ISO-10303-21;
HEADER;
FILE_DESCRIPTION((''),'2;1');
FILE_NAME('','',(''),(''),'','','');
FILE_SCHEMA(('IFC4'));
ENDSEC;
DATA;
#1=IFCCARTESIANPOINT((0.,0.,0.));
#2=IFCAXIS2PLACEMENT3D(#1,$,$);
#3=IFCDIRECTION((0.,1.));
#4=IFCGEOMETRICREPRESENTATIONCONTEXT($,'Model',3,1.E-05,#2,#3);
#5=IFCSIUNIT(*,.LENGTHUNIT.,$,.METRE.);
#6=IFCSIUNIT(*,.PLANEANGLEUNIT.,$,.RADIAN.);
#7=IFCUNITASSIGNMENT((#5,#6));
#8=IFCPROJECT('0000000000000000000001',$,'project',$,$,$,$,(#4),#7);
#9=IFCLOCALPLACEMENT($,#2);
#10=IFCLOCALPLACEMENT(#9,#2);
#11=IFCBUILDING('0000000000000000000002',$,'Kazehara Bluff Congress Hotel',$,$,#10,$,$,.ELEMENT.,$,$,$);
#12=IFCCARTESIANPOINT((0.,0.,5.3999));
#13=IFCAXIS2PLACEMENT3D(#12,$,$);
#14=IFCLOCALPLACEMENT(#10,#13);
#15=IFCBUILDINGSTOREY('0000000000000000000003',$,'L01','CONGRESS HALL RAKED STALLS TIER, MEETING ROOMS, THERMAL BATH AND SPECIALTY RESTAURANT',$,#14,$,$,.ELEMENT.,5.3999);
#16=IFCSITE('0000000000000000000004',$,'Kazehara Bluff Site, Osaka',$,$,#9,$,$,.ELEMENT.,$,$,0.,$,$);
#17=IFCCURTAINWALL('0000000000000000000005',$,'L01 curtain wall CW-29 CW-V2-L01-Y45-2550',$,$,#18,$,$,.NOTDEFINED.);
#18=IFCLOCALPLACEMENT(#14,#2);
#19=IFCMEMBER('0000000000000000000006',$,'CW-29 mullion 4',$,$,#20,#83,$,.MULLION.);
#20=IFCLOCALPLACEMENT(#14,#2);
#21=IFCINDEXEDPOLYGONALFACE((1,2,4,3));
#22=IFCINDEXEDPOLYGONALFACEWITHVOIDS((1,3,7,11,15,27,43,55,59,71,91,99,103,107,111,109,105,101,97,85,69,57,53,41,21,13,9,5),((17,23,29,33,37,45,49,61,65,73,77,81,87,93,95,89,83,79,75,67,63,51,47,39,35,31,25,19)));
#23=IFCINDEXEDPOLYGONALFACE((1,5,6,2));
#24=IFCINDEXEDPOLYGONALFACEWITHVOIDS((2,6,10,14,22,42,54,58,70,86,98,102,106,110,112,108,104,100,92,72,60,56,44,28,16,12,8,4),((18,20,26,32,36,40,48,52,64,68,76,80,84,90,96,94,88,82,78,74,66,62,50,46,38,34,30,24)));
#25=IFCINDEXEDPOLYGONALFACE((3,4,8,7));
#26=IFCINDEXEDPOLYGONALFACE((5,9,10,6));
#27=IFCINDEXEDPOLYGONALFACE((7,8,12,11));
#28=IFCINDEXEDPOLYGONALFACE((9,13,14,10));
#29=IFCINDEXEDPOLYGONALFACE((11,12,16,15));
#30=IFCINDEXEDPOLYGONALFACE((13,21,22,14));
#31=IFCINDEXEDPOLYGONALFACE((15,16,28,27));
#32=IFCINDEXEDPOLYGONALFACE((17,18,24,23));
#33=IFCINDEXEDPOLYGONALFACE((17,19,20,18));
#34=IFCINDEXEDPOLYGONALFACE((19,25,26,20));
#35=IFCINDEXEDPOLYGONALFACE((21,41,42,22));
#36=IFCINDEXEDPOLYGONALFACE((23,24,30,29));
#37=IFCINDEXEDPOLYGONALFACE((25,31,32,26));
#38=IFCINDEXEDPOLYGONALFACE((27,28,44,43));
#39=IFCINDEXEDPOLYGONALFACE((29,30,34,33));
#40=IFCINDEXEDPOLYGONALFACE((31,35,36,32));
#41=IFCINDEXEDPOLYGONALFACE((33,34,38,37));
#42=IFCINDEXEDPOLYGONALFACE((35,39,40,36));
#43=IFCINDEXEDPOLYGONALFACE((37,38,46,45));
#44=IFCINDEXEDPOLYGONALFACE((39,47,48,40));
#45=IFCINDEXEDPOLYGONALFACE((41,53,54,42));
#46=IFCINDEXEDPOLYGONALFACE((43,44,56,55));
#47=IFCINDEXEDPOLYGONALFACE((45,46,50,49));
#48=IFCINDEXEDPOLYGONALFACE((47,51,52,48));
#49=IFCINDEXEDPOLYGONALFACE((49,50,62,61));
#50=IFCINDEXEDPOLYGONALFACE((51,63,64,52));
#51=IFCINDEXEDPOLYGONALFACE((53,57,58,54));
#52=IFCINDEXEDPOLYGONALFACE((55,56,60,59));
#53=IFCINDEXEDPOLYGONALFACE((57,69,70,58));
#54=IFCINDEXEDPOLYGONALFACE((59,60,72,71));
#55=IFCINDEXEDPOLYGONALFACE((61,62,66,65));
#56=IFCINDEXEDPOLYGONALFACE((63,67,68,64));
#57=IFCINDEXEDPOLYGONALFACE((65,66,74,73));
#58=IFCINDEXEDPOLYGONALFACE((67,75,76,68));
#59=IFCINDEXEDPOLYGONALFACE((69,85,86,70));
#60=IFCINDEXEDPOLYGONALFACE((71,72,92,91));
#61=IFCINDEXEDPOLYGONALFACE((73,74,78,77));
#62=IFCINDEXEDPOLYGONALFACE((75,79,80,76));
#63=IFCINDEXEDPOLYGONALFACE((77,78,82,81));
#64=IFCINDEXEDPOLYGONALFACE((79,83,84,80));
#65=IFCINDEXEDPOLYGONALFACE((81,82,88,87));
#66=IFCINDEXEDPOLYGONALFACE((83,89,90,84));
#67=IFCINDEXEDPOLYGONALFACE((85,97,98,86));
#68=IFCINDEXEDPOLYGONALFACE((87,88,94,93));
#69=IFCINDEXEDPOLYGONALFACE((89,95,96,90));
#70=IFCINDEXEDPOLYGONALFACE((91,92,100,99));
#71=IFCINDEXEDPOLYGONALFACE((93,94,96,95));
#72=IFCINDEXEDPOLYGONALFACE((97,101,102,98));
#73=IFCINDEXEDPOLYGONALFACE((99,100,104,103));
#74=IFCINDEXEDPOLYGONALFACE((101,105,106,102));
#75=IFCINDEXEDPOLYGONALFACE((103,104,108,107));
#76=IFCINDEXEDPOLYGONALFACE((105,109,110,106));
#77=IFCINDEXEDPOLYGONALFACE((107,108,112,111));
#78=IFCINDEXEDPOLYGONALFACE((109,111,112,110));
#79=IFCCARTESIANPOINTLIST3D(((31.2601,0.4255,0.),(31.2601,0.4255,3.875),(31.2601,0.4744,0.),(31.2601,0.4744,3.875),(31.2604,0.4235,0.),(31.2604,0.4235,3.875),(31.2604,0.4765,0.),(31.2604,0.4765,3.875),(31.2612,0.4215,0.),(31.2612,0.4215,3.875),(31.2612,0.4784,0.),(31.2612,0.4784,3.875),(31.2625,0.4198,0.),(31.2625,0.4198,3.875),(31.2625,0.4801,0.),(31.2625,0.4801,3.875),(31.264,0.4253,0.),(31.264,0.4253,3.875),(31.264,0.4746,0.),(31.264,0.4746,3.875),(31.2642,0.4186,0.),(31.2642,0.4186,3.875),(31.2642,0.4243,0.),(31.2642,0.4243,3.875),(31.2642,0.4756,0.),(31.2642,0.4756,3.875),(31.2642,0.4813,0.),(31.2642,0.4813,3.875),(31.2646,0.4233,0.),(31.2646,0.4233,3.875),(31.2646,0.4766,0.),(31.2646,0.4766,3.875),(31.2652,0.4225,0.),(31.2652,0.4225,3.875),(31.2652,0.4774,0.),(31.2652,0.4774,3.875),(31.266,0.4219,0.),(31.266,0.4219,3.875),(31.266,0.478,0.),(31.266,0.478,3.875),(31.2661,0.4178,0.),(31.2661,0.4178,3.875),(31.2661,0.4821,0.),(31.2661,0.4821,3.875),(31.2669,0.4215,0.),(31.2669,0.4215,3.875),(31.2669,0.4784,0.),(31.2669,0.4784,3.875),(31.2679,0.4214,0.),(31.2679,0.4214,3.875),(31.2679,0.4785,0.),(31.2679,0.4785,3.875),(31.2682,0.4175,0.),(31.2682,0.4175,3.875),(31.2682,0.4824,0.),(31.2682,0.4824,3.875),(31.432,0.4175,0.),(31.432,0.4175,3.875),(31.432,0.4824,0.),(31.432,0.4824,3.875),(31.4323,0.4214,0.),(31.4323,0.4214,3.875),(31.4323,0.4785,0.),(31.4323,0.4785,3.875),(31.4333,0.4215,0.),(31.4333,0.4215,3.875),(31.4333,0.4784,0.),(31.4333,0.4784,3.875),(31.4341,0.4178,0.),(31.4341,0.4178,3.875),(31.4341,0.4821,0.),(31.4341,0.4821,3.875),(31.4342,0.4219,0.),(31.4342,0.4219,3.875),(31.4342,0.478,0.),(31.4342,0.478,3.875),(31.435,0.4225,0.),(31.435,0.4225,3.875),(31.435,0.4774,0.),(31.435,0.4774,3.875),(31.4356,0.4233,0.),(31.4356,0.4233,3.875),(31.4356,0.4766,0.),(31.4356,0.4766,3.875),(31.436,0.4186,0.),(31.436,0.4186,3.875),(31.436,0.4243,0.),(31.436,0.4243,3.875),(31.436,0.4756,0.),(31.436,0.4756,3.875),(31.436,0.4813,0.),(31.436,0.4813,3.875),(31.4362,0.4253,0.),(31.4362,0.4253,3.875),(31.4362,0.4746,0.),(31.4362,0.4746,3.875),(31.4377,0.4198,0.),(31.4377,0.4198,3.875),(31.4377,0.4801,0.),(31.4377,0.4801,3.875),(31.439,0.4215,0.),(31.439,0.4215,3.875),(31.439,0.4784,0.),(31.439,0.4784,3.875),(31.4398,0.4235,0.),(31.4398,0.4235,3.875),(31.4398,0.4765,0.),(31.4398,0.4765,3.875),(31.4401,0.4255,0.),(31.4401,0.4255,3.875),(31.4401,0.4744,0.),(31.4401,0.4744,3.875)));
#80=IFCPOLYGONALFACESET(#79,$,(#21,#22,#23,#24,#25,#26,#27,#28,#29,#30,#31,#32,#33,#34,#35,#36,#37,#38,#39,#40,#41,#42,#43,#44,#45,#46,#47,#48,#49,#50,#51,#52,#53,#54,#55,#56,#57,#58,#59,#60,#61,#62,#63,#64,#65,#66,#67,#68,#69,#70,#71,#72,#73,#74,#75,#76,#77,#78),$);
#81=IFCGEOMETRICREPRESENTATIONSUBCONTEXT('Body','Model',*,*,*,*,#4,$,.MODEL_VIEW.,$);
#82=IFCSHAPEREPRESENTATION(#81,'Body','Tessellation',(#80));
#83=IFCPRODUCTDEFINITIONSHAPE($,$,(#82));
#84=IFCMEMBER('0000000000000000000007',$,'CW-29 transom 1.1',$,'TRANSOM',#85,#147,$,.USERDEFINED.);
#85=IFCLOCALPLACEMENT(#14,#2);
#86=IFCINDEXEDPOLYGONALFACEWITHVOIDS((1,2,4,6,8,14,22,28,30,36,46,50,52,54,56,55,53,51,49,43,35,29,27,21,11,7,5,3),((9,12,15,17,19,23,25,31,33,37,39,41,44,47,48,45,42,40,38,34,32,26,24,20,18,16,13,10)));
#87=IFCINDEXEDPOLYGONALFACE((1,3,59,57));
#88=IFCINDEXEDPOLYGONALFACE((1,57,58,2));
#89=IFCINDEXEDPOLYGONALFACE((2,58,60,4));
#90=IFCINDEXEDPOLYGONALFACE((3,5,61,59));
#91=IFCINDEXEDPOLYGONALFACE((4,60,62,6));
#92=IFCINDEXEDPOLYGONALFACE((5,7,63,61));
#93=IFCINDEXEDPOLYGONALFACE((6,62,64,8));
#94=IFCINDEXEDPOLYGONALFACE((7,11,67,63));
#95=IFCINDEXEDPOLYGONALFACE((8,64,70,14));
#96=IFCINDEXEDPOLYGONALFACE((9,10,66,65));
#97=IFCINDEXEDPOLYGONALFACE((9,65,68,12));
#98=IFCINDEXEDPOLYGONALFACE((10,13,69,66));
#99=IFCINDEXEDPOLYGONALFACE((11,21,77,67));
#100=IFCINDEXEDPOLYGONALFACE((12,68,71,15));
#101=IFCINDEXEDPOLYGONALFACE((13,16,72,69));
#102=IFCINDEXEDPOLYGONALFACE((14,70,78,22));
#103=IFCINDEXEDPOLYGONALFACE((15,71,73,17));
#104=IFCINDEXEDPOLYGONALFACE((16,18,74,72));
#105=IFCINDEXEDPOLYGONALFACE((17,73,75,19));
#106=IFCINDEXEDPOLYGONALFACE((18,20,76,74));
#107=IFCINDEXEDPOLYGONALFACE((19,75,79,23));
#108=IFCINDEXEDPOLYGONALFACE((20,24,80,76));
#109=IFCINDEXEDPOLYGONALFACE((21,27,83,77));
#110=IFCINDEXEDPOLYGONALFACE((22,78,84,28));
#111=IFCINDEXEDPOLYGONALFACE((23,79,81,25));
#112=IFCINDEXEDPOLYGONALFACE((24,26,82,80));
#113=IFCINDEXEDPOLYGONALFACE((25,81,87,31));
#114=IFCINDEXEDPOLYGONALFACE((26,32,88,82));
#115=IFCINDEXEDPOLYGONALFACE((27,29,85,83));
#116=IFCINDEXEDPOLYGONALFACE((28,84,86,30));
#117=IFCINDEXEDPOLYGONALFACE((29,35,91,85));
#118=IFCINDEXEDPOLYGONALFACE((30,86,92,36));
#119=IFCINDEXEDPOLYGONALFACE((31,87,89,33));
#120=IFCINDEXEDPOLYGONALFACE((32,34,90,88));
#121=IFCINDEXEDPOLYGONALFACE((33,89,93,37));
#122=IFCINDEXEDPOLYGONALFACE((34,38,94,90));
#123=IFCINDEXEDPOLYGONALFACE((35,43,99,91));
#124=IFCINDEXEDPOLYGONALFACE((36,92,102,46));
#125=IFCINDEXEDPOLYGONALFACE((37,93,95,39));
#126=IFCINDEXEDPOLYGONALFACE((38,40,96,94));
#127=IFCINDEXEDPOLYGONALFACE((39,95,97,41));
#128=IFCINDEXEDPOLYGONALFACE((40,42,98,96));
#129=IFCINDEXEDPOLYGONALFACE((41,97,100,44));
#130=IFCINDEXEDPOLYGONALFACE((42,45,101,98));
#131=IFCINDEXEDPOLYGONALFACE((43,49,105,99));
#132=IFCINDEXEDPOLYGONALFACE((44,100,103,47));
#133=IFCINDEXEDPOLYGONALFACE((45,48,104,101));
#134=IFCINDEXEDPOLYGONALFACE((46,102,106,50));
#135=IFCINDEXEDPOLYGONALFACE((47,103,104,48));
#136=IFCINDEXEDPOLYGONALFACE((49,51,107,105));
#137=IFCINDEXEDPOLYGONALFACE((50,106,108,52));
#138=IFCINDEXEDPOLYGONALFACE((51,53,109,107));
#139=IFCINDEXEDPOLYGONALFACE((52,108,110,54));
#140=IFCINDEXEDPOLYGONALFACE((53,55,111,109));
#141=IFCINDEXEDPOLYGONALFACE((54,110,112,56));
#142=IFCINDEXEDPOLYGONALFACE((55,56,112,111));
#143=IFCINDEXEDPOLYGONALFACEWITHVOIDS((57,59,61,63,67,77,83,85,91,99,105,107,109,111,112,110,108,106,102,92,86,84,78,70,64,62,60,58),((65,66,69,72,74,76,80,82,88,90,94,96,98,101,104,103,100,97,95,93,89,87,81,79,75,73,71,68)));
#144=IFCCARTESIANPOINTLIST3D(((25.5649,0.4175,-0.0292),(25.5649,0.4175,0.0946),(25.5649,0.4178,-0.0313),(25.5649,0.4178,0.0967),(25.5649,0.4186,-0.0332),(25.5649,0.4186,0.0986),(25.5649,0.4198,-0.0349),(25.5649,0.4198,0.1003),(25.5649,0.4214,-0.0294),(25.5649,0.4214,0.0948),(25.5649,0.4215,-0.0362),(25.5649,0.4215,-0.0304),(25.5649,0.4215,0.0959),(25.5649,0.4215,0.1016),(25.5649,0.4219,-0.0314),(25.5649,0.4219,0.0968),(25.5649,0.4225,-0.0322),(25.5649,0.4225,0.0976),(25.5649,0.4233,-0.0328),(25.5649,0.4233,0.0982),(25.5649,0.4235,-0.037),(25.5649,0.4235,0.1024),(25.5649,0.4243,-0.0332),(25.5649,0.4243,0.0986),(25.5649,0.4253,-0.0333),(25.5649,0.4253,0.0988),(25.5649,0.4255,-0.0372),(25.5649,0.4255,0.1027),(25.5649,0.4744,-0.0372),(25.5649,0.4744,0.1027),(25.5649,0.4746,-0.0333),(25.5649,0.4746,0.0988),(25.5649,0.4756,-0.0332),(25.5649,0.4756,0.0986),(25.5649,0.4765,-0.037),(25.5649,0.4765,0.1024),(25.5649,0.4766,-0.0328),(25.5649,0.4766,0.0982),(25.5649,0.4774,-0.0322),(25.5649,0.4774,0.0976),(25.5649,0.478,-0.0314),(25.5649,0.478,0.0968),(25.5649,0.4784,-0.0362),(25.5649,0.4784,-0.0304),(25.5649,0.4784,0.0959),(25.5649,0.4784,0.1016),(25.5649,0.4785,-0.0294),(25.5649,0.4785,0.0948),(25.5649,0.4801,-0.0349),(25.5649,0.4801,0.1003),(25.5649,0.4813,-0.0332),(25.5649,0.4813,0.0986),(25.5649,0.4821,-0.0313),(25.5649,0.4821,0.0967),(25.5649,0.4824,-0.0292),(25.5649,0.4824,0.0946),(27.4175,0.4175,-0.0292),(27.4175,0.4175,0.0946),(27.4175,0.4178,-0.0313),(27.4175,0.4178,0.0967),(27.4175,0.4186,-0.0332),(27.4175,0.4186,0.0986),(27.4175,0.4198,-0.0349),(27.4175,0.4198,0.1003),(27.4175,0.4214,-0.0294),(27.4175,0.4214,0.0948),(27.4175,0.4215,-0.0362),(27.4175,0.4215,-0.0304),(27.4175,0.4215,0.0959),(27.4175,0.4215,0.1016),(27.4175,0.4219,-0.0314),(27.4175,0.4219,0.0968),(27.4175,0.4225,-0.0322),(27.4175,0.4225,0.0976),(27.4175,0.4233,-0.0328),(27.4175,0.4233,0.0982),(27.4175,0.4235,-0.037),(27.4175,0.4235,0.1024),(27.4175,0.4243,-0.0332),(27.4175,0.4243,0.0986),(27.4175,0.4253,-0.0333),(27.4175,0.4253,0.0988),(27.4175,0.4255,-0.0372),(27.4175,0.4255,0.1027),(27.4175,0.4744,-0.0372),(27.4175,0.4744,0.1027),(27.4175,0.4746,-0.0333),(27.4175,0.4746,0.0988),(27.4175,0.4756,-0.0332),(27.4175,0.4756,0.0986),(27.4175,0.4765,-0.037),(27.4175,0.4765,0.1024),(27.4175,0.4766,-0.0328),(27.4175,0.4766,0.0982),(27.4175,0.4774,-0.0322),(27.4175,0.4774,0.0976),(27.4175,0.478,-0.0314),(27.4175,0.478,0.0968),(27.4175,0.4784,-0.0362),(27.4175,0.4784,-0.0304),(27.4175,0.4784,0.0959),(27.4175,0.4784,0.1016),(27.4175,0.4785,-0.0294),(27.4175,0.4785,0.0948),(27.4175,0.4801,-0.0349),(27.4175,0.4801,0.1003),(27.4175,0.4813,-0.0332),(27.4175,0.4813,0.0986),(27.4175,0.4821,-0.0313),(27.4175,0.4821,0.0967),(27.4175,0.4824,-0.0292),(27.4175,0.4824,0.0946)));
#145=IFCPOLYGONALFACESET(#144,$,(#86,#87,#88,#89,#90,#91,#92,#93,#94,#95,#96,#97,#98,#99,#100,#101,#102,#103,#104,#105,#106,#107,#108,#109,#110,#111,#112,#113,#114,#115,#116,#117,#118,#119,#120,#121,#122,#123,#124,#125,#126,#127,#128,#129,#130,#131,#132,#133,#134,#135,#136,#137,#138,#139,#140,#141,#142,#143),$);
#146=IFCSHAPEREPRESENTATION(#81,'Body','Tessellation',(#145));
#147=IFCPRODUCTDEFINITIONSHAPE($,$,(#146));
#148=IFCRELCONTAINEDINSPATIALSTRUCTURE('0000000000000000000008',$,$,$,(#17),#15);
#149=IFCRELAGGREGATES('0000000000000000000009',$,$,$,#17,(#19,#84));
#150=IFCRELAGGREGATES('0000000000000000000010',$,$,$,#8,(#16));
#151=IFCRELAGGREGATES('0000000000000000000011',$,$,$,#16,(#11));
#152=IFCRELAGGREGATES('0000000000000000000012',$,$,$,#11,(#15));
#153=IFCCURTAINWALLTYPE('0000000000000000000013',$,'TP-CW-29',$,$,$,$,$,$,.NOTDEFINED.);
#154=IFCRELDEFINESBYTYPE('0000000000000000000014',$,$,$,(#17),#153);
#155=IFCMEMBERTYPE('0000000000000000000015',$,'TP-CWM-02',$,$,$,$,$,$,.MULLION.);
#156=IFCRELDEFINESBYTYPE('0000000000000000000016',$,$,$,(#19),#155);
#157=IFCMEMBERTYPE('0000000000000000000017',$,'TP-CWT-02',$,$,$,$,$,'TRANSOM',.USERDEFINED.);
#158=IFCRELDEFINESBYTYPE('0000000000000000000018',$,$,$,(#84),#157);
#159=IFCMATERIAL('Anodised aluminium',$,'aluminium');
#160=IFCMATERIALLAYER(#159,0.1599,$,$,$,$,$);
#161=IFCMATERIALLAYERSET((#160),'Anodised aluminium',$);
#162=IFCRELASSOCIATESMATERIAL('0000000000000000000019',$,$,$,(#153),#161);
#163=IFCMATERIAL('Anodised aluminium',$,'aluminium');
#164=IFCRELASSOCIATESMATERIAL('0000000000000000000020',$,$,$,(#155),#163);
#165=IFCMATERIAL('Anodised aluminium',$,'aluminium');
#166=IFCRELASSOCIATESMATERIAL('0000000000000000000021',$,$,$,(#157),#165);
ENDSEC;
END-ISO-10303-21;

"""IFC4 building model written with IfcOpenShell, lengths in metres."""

from ifc_helpers import new_model, si_unit, direction, frame, origin, origin_2d, place, context, subcontext, project, spatial, hollow_rectangle, extrude, material, layer, layer_set, material_profile, profile_set, type_object, element, aggregate, save


model = new_model("IFC4")

# Units and contexts
model_context = context("Model", 3, precision=1e-05, world=origin(), true_north=direction((0.0, 1.0)))
body_context = subcontext(model_context, "Body", "Model", "MODEL_VIEW")
ifc_project = project(units=[si_unit("LENGTHUNIT", "METRE"), si_unit("PLANEANGLEUNIT", "RADIAN")], contexts=[model_context])

# Site, building, storey
site_placement = place(None, origin())
site = spatial("IfcSite", under=ifc_project, at=site_placement, Name="Kazehara Bluff Site, Osaka", CompositionType="ELEMENT", RefElevation=0.0)
building_placement = place(site_placement, origin())
building = spatial("IfcBuilding", under=site, at=building_placement, Name="Kazehara Bluff Congress Hotel", CompositionType="ELEMENT")
storey_placement = place(building_placement, frame((0.0, 0.0, 5.3999)))
storey = spatial("IfcBuildingStorey", under=building, at=storey_placement, Name="L01", Description="CONGRESS HALL RAKED STALLS TIER, MEETING ROOMS, THERMAL BATH AND SPECIALTY RESTAURANT", CompositionType="ELEMENT", Elevation=5.3999)

# Curtain wall, members
ifc_material_1 = material(Name="Anodised aluminium", Category="aluminium")
ifc_layer_1 = layer(ifc_material_1, 0.1599)
ifc_layer_set_1 = layer_set([ifc_layer_1], Name="Anodised aluminium")
curtain_wall_type = type_object("IfcCurtainWallType", Name="TP-CW-29", PredefinedType="NOTDEFINED", material=ifc_layer_set_1)
curtain_wall_placement = place(storey_placement, origin())
curtain_wall = element("IfcCurtainWall", 1, at=curtain_wall_placement, inside=storey, type_object=curtain_wall_type, Name="L01 curtain wall CW-29 CW-V2-L01-Y45-2550", PredefinedType="NOTDEFINED")
ifc_material_2 = material(Name="Anodised aluminium", Category="aluminium")
ifc_material_profile_1 = material_profile(ifc_material_2, hollow_rectangle(XDim=0.0649, YDim=0.1799, WallThickness=0.0039, InnerFilletRadius=0.0039, OuterFilletRadius=0.0081, at=origin_2d()))
ifc_profile_set_1 = profile_set([ifc_material_profile_1], Name="Anodised aluminium")
member_type_1 = type_object("IfcMemberType", Name="TP-CWM-02", PredefinedType="MULLION", material=ifc_profile_set_1)
member_1_placement = place(storey_placement, frame((31.3501, 0.45, 0.0), z_axis=(0.0, 0.0, 1.0), x_axis=(0.0, 1.0, 0.0)))
member_1 = element("IfcMember", 2, at=member_1_placement, type_object=member_type_1, Name="CW-29 mullion 4", PredefinedType="MULLION", context=body_context, shape_type="SweptSolid", body=[
    extrude(hollow_rectangle(XDim=0.0649, YDim=0.1799, WallThickness=0.0039, InnerFilletRadius=0.0039, OuterFilletRadius=0.0081, at=origin_2d()), origin(), (0.0, 0.0, 1.0), 3.875),
])
ifc_material_3 = material(Name="Anodised aluminium", Category="aluminium")
ifc_material_profile_2 = material_profile(ifc_material_3, hollow_rectangle(XDim=0.0649, YDim=0.1399, WallThickness=0.0039, InnerFilletRadius=0.0039, OuterFilletRadius=0.0081, at=origin_2d()))
ifc_profile_set_2 = profile_set([ifc_material_profile_2], Name="Anodised aluminium")
member_type_2 = type_object("IfcMemberType", Name="TP-CWT-02", ElementType="TRANSOM", PredefinedType="USERDEFINED", material=ifc_profile_set_2)
member_2_placement = place(storey_placement, frame((25.5649, 0.45, 0.0327), z_axis=(1.0, 0.0, 0.0), x_axis=(0.0, 1.0, 0.0)))
member_2 = element("IfcMember", 3, at=member_2_placement, type_object=member_type_2, Name="CW-29 transom 1.1", ObjectType="TRANSOM", PredefinedType="USERDEFINED", context=body_context, shape_type="SweptSolid", body=[
    extrude(hollow_rectangle(XDim=0.0649, YDim=0.1399, WallThickness=0.0039, InnerFilletRadius=0.0039, OuterFilletRadius=0.0081, at=origin_2d()), origin(), (0.0, 0.0, 1.0), 1.8525),
])
aggregate(curtain_wall, [member_1, member_2])

save(model, "model.ifc")
